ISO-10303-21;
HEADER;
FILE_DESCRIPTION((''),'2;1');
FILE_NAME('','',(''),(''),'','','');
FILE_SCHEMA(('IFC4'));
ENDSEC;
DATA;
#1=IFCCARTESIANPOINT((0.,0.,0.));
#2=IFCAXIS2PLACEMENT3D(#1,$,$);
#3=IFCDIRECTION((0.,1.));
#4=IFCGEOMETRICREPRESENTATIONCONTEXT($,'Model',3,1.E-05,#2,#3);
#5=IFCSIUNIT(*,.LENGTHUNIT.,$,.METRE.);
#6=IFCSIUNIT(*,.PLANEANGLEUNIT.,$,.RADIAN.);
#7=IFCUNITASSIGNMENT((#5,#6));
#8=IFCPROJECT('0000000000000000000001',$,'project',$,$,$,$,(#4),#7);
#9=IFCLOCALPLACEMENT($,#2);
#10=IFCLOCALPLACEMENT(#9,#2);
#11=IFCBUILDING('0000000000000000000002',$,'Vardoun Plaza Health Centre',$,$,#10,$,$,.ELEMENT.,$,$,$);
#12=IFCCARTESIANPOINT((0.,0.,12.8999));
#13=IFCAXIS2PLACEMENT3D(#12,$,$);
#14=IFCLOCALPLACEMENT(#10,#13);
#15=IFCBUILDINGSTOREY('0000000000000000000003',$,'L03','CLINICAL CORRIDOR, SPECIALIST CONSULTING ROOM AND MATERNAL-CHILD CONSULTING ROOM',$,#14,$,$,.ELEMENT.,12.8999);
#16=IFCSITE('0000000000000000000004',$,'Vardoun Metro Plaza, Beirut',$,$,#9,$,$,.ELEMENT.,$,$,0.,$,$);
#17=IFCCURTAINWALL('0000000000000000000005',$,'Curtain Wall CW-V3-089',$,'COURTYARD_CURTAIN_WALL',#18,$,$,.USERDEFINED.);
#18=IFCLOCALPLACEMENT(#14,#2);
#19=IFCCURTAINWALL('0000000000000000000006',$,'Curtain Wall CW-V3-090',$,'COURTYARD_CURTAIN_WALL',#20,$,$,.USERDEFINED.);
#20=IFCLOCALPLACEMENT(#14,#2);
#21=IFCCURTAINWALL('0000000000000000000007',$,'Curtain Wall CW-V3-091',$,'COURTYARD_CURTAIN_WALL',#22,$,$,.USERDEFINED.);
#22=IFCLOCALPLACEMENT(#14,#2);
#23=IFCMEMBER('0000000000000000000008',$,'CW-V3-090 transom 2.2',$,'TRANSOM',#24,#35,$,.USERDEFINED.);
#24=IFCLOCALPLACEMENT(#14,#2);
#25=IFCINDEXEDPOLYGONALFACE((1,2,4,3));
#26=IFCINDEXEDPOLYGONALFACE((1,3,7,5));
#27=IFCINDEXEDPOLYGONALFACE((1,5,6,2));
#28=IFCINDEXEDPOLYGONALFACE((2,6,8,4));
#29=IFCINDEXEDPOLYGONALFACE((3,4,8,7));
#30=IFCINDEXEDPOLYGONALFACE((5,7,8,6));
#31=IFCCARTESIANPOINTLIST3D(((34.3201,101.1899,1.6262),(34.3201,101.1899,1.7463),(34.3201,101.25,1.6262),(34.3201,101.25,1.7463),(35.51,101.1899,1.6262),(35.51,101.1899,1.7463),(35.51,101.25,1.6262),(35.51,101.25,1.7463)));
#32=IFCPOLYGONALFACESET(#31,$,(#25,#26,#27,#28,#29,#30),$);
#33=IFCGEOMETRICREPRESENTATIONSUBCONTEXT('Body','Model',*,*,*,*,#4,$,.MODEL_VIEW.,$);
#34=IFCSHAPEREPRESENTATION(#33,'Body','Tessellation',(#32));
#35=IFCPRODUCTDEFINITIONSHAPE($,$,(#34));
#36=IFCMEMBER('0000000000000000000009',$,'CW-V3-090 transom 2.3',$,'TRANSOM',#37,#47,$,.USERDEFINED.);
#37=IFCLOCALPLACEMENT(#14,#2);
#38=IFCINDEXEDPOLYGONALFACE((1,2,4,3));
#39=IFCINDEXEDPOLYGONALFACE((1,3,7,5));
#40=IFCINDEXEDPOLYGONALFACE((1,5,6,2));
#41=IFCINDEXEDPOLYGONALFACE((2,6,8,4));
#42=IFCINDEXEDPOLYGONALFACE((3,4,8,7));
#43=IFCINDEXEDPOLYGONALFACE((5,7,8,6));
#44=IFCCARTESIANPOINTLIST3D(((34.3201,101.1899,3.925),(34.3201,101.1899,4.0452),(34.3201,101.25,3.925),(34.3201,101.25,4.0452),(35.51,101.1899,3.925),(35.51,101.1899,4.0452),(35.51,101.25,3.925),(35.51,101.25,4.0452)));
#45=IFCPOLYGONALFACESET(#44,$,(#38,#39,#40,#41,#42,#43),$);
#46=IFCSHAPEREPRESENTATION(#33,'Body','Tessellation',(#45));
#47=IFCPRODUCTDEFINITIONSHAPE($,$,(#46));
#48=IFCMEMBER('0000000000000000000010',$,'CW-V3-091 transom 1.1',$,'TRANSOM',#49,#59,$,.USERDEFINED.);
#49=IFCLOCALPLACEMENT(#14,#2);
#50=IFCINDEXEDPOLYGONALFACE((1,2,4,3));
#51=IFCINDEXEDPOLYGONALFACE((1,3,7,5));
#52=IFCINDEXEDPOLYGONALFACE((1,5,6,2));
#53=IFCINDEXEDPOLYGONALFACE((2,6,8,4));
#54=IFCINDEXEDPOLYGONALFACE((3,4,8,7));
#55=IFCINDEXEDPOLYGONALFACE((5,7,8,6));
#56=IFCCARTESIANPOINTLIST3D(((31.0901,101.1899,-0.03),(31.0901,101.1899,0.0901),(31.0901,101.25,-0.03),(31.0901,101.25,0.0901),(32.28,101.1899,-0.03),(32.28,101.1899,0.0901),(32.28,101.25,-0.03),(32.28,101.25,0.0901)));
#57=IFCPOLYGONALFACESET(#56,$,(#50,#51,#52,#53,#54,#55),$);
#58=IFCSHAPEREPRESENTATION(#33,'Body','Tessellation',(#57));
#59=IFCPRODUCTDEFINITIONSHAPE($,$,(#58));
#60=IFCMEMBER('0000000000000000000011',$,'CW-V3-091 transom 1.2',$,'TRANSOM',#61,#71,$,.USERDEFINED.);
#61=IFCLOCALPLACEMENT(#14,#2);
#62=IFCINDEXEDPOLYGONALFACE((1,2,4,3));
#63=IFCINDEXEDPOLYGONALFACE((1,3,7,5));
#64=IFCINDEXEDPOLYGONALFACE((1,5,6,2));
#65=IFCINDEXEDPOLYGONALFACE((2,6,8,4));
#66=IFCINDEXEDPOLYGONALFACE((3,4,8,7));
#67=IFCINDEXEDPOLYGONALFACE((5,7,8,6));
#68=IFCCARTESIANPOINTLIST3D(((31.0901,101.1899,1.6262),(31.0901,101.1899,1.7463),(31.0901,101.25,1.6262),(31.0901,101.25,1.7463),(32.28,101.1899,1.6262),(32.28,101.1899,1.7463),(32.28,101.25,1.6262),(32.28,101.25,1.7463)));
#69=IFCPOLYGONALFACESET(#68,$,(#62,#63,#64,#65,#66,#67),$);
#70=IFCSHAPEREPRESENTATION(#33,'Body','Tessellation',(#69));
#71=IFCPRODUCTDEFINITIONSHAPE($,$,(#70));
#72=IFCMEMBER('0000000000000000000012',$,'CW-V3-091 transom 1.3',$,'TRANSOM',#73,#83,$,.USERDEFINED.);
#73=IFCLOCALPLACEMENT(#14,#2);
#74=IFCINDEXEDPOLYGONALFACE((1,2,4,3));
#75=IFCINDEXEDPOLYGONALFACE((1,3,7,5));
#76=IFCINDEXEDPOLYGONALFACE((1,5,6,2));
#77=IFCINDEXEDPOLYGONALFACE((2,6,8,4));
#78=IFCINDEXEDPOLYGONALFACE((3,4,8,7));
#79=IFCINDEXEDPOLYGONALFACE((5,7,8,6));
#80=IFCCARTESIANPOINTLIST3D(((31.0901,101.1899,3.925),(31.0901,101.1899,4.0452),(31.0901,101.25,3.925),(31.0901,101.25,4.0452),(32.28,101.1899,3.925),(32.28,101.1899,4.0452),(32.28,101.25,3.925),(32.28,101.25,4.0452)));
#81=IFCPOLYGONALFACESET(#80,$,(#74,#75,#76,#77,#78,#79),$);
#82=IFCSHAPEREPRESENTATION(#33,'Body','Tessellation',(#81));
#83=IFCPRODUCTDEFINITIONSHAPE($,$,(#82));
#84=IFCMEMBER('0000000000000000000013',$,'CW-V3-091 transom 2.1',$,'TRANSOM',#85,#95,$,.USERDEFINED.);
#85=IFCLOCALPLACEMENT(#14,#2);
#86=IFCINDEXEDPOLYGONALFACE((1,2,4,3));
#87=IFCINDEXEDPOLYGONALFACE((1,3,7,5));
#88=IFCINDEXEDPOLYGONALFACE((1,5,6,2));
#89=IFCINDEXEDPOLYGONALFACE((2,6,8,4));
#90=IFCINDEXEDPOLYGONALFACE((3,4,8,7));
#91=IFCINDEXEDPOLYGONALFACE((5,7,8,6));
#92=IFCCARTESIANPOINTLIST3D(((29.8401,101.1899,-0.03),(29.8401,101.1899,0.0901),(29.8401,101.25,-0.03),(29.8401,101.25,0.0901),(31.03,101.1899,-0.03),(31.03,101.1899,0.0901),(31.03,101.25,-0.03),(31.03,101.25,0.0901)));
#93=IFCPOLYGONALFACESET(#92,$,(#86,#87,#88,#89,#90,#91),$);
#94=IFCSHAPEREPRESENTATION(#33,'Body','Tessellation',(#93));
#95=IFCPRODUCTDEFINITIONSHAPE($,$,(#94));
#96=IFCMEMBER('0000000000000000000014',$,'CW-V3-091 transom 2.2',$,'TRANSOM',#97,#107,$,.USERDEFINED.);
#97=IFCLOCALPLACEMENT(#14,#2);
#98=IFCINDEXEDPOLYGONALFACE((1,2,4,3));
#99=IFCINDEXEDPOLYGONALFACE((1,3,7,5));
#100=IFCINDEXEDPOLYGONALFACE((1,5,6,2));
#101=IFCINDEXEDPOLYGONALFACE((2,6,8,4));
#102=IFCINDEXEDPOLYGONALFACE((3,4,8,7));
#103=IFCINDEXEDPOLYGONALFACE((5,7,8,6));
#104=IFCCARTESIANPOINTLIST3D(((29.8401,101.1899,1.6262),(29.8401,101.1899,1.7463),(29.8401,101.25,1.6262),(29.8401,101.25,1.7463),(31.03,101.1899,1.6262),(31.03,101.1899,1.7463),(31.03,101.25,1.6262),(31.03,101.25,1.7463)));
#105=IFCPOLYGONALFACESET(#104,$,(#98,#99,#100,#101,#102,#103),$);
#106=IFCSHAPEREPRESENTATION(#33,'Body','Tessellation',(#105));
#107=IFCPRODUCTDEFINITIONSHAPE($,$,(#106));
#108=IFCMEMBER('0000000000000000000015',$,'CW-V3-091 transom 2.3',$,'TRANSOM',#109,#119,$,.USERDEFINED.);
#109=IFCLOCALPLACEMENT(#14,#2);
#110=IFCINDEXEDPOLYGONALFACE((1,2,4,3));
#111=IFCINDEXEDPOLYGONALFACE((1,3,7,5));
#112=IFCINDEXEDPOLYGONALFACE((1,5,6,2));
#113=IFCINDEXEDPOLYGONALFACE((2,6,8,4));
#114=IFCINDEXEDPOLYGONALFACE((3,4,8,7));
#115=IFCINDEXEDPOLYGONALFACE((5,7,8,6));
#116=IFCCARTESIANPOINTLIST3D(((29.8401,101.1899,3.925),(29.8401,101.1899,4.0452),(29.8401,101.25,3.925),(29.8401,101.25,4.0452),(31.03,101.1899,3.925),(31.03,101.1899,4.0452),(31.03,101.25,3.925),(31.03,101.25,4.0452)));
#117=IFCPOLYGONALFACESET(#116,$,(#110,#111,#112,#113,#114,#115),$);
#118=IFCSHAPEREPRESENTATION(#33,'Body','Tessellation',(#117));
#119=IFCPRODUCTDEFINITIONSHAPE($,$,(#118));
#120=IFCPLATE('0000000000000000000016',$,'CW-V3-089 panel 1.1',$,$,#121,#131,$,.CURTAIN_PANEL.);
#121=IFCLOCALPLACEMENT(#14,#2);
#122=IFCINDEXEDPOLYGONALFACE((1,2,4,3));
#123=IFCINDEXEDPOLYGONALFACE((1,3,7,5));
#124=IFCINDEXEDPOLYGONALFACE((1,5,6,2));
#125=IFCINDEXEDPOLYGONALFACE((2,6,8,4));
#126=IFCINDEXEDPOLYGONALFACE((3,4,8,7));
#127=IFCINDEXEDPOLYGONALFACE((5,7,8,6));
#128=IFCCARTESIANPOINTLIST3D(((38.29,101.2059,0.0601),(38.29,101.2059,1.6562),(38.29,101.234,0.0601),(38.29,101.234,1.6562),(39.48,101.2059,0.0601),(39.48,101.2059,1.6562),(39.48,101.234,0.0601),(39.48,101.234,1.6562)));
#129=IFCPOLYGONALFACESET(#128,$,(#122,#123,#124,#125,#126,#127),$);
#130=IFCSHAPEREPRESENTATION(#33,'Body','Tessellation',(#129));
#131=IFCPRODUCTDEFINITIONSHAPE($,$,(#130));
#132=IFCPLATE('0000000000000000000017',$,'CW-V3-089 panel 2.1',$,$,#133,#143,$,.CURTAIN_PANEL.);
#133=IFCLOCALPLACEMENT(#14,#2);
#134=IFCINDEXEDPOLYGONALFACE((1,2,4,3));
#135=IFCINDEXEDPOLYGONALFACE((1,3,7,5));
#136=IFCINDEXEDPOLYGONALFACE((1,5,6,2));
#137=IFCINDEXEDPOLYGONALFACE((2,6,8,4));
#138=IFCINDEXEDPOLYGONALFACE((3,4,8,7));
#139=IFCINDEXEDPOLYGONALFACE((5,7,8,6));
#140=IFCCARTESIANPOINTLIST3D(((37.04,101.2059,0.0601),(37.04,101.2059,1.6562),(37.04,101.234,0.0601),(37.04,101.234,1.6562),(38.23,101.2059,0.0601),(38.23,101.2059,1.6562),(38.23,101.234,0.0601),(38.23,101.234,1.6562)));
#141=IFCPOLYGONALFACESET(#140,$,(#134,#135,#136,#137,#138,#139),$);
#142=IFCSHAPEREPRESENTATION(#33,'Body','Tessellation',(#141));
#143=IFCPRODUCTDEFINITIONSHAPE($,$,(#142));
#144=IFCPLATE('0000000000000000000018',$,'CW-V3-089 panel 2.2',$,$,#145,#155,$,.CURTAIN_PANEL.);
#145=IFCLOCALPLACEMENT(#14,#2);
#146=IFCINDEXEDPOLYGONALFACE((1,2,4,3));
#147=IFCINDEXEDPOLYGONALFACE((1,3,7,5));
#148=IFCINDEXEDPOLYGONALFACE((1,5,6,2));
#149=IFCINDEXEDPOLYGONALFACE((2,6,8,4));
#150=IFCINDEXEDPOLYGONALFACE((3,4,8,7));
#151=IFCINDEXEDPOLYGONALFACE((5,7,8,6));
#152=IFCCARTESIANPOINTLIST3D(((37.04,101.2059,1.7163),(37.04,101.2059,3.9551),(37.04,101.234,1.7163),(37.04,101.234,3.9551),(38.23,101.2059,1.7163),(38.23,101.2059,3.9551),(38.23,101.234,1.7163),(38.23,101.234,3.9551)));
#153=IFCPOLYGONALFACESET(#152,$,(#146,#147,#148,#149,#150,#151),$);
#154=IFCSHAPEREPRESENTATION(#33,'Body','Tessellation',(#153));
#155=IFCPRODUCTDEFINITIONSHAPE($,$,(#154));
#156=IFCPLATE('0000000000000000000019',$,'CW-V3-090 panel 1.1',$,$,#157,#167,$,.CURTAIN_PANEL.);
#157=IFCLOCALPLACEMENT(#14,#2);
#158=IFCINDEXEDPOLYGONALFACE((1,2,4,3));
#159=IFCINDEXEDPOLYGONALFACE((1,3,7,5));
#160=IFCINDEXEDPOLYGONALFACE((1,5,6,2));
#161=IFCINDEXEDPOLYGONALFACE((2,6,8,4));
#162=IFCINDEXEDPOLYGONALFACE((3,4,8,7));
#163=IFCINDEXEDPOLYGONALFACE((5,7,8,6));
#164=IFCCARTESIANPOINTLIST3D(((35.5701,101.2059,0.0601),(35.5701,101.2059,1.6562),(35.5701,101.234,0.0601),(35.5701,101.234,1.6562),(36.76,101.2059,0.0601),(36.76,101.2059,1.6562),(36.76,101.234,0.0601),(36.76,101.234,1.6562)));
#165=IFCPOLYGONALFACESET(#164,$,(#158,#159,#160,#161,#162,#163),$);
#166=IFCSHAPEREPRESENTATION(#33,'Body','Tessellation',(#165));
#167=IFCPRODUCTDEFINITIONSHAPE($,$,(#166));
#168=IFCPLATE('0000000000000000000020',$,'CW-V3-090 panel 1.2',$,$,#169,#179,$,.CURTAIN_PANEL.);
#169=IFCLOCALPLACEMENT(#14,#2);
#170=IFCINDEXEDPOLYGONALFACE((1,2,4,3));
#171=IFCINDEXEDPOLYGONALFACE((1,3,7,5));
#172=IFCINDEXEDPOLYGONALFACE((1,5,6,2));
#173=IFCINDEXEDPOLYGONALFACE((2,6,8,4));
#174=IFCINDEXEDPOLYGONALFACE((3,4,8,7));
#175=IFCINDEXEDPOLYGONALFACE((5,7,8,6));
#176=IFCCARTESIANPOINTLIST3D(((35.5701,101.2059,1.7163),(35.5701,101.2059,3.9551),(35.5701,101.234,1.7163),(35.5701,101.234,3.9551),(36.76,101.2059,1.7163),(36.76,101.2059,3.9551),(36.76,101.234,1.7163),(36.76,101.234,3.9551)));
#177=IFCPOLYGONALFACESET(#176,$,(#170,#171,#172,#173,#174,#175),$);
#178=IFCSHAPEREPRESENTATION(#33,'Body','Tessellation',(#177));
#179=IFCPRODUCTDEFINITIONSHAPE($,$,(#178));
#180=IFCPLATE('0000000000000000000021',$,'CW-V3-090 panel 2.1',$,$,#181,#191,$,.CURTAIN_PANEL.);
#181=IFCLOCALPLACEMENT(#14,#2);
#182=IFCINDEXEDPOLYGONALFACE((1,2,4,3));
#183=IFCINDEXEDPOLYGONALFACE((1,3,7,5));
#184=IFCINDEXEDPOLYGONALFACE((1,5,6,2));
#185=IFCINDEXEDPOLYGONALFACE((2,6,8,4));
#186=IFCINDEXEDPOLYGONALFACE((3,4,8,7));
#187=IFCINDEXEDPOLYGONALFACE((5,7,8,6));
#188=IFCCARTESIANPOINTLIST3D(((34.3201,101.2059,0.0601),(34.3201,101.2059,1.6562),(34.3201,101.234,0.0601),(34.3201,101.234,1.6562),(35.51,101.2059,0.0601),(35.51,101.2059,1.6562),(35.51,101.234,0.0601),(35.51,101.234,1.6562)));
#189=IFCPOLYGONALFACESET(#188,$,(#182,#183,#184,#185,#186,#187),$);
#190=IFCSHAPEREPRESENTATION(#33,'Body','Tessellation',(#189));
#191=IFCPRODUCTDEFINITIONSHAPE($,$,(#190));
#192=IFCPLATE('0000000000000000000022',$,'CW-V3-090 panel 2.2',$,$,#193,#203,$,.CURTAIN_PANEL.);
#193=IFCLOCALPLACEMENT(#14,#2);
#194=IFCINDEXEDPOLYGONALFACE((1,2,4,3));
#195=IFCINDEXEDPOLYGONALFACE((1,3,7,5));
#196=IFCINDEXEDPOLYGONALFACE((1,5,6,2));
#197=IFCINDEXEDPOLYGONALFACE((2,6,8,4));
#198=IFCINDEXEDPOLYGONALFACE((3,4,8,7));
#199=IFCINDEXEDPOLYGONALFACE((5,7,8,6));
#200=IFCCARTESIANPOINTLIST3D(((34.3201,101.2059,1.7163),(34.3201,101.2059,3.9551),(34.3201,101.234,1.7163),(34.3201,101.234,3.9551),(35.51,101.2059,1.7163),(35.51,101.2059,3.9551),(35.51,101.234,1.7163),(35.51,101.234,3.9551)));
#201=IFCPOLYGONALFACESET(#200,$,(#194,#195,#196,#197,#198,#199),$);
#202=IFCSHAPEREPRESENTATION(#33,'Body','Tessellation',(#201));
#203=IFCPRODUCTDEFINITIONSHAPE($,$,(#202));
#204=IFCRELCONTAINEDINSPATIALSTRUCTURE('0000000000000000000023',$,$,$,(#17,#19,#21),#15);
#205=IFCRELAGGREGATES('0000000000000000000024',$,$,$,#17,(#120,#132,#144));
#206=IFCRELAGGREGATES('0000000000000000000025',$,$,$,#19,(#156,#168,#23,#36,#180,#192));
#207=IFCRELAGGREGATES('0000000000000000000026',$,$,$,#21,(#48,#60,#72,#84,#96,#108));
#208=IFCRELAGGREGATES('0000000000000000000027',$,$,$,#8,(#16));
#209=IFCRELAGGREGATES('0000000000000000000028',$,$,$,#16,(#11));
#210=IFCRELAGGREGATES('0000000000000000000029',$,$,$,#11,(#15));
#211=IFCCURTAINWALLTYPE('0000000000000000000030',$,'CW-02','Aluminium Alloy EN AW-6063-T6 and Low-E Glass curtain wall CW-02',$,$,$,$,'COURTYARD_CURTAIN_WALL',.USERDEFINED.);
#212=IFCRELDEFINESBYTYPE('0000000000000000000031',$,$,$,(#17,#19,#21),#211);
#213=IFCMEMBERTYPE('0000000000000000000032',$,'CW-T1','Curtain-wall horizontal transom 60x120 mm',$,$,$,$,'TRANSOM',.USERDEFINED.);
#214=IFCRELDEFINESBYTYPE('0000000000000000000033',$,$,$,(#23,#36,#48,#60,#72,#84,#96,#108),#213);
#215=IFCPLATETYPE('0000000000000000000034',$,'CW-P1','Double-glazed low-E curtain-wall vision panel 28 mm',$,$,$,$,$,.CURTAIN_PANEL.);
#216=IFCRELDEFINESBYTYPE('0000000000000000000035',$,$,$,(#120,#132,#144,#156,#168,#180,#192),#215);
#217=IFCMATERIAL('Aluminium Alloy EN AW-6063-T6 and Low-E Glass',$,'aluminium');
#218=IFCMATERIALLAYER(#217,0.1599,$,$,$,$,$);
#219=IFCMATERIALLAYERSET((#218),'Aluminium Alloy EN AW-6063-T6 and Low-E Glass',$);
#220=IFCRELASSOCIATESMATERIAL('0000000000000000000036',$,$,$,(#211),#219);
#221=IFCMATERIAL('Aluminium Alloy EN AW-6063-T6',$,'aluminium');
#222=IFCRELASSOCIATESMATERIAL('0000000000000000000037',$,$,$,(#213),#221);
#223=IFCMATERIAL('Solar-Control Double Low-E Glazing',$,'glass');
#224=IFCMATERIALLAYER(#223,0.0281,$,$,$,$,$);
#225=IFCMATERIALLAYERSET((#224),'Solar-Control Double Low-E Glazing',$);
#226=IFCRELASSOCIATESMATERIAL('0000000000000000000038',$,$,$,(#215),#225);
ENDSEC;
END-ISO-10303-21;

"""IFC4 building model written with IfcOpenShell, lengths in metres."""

from ifc_helpers import new_model, si_unit, direction, frame, origin, origin_2d, place, context, subcontext, project, spatial, rectangle, extrude, material, layer, layer_set, material_profile, profile_set, type_object, element, aggregate, save


model = new_model("IFC4")

# Units and contexts
model_context = context("Model", 3, precision=1e-05, world=origin(), true_north=direction((0.0, 1.0)))
body_context = subcontext(model_context, "Body", "Model", "MODEL_VIEW")
ifc_project = project(units=[si_unit("LENGTHUNIT", "METRE"), si_unit("PLANEANGLEUNIT", "RADIAN")], contexts=[model_context])

# Site, building, storey
site_placement = place(None, origin())
site = spatial("IfcSite", under=ifc_project, at=site_placement, Name="Vardoun Metro Plaza, Beirut", CompositionType="ELEMENT", RefElevation=0.0)
building_placement = place(site_placement, origin())
building = spatial("IfcBuilding", under=site, at=building_placement, Name="Vardoun Plaza Health Centre", CompositionType="ELEMENT")
storey_placement = place(building_placement, frame((0.0, 0.0, 12.8999)))
storey = spatial("IfcBuildingStorey", under=building, at=storey_placement, Name="L03", Description="CLINICAL CORRIDOR, SPECIALIST CONSULTING ROOM AND MATERNAL-CHILD CONSULTING ROOM", CompositionType="ELEMENT", Elevation=12.8999)

# Curtain walls
ifc_material_1 = material(Name="Aluminium Alloy EN AW-6063-T6 and Low-E Glass", Category="aluminium")
ifc_layer_1 = layer(ifc_material_1, 0.1599)
ifc_layer_set_1 = layer_set([ifc_layer_1], Name="Aluminium Alloy EN AW-6063-T6 and Low-E Glass")
curtain_wall_type = type_object("IfcCurtainWallType", Name="CW-02", Description="Aluminium Alloy EN AW-6063-T6 and Low-E Glass curtain wall CW-02", ElementType="COURTYARD_CURTAIN_WALL", PredefinedType="USERDEFINED", material=ifc_layer_set_1)
curtain_wall_1_placement = place(storey_placement, origin())
curtain_wall_1 = element("IfcCurtainWall", 1, at=curtain_wall_1_placement, inside=storey, type_object=curtain_wall_type, Name="Curtain Wall CW-V3-089", ObjectType="COURTYARD_CURTAIN_WALL", PredefinedType="USERDEFINED")
curtain_wall_2_placement = place(storey_placement, origin())
curtain_wall_2 = element("IfcCurtainWall", 2, at=curtain_wall_2_placement, inside=storey, type_object=curtain_wall_type, Name="Curtain Wall CW-V3-090", ObjectType="COURTYARD_CURTAIN_WALL", PredefinedType="USERDEFINED")
curtain_wall_3_placement = place(storey_placement, origin())
curtain_wall_3 = element("IfcCurtainWall", 3, at=curtain_wall_3_placement, inside=storey, type_object=curtain_wall_type, Name="Curtain Wall CW-V3-091", ObjectType="COURTYARD_CURTAIN_WALL", PredefinedType="USERDEFINED")

# Members
ifc_material_2 = material(Name="Aluminium Alloy EN AW-6063-T6", Category="aluminium")
ifc_material_profile_1 = material_profile(ifc_material_2, rectangle(XDim=0.0601, YDim=0.1201, at=origin_2d()), Name="CWT 60x120")
ifc_profile_set_1 = profile_set([ifc_material_profile_1], Name="Aluminium Alloy EN AW-6063-T6")
member_type_1 = type_object("IfcMemberType", Name="CW-T1", Description="Curtain-wall horizontal transom 60x120 mm", ElementType="TRANSOM", PredefinedType="USERDEFINED", material=ifc_profile_set_1)
member_1_placement = place(storey_placement, frame((35.51, 101.22, 1.6863), z_axis=(-1.0, 0.0, 0.0), x_axis=(0.0, -1.0, 0.0)))
member_1 = element("IfcMember", 4, at=member_1_placement, type_object=member_type_1, Name="CW-V3-090 transom 2.2", ObjectType="TRANSOM", PredefinedType="USERDEFINED", context=body_context, shape_type="SweptSolid", body=[
    extrude(rectangle(XDim=0.0601, YDim=0.1201, at=origin_2d()), origin(), (0.0, 0.0, 1.0), 1.1899),
])
member_2_placement = place(storey_placement, frame((35.51, 101.22, 3.9851), z_axis=(-1.0, 0.0, 0.0), x_axis=(0.0, -1.0, 0.0)))
member_2 = element("IfcMember", 5, at=member_2_placement, type_object=member_type_1, Name="CW-V3-090 transom 2.3", ObjectType="TRANSOM", PredefinedType="USERDEFINED", context=body_context, shape_type="SweptSolid", body=[
    extrude(rectangle(XDim=0.0601, YDim=0.1201, at=origin_2d()), origin(), (0.0, 0.0, 1.0), 1.1899),
])
member_3_placement = place(storey_placement, frame((32.28, 101.22, 0.03), z_axis=(-1.0, 0.0, 0.0), x_axis=(0.0, -1.0, 0.0)))
member_3 = element("IfcMember", 6, at=member_3_placement, type_object=member_type_1, Name="CW-V3-091 transom 1.1", ObjectType="TRANSOM", PredefinedType="USERDEFINED", context=body_context, shape_type="SweptSolid", body=[
    extrude(rectangle(XDim=0.0601, YDim=0.1201, at=origin_2d()), origin(), (0.0, 0.0, 1.0), 1.1899),
])
member_4_placement = place(storey_placement, frame((32.28, 101.22, 1.6863), z_axis=(-1.0, 0.0, 0.0), x_axis=(0.0, -1.0, 0.0)))
member_4 = element("IfcMember", 7, at=member_4_placement, type_object=member_type_1, Name="CW-V3-091 transom 1.2", ObjectType="TRANSOM", PredefinedType="USERDEFINED", context=body_context, shape_type="SweptSolid", body=[
    extrude(rectangle(XDim=0.0601, YDim=0.1201, at=origin_2d()), origin(), (0.0, 0.0, 1.0), 1.1899),
])
member_5_placement = place(storey_placement, frame((32.28, 101.22, 3.9851), z_axis=(-1.0, 0.0, 0.0), x_axis=(0.0, -1.0, 0.0)))
member_5 = element("IfcMember", 8, at=member_5_placement, type_object=member_type_1, Name="CW-V3-091 transom 1.3", ObjectType="TRANSOM", PredefinedType="USERDEFINED", context=body_context, shape_type="SweptSolid", body=[
    extrude(rectangle(XDim=0.0601, YDim=0.1201, at=origin_2d()), origin(), (0.0, 0.0, 1.0), 1.1899),
])
member_6_placement = place(storey_placement, frame((31.03, 101.22, 0.03), z_axis=(-1.0, 0.0, 0.0), x_axis=(0.0, -1.0, 0.0)))
member_6 = element("IfcMember", 9, at=member_6_placement, type_object=member_type_1, Name="CW-V3-091 transom 2.1", ObjectType="TRANSOM", PredefinedType="USERDEFINED", context=body_context, shape_type="SweptSolid", body=[
    extrude(rectangle(XDim=0.0601, YDim=0.1201, at=origin_2d()), origin(), (0.0, 0.0, 1.0), 1.1899),
])
member_7_placement = place(storey_placement, frame((31.03, 101.22, 1.6863), z_axis=(-1.0, 0.0, 0.0), x_axis=(0.0, -1.0, 0.0)))
member_7 = element("IfcMember", 10, at=member_7_placement, type_object=member_type_1, Name="CW-V3-091 transom 2.2", ObjectType="TRANSOM", PredefinedType="USERDEFINED", context=body_context, shape_type="SweptSolid", body=[
    extrude(rectangle(XDim=0.0601, YDim=0.1201, at=origin_2d()), origin(), (0.0, 0.0, 1.0), 1.1899),
])
member_8_placement = place(storey_placement, frame((31.03, 101.22, 3.9851), z_axis=(-1.0, 0.0, 0.0), x_axis=(0.0, -1.0, 0.0)))
member_8 = element("IfcMember", 11, at=member_8_placement, type_object=member_type_1, Name="CW-V3-091 transom 2.3", ObjectType="TRANSOM", PredefinedType="USERDEFINED", context=body_context, shape_type="SweptSolid", body=[
    extrude(rectangle(XDim=0.0601, YDim=0.1201, at=origin_2d()), origin(), (0.0, 0.0, 1.0), 1.1899),
])

# Plates
ifc_material_3 = material(Name="Solar-Control Double Low-E Glazing", Category="glass")
ifc_layer_2 = layer(ifc_material_3, 0.0281)
ifc_layer_set_2 = layer_set([ifc_layer_2], Name="Solar-Control Double Low-E Glazing")
plate_type = type_object("IfcPlateType", Name="CW-P1", Description="Double-glazed low-E curtain-wall vision panel 28 mm", PredefinedType="CURTAIN_PANEL", material=ifc_layer_set_2)
plate_1_placement = place(storey_placement, frame((38.885, 101.22, 0.0601), z_axis=(0.0, 0.0, 1.0), x_axis=(-1.0, 0.0, 0.0)))
plate_1 = element("IfcPlate", 12, at=plate_1_placement, type_object=plate_type, Name="CW-V3-089 panel 1.1", PredefinedType="CURTAIN_PANEL", context=body_context, shape_type="SweptSolid", body=[
    extrude(rectangle(XDim=1.1899, YDim=0.0281, at=origin_2d()), origin(), (0.0, 0.0, 1.0), 1.5962),
])
plate_2_placement = place(storey_placement, frame((37.635, 101.22, 0.0601), z_axis=(0.0, 0.0, 1.0), x_axis=(-1.0, 0.0, 0.0)))
plate_2 = element("IfcPlate", 13, at=plate_2_placement, type_object=plate_type, Name="CW-V3-089 panel 2.1", PredefinedType="CURTAIN_PANEL", context=body_context, shape_type="SweptSolid", body=[
    extrude(rectangle(XDim=1.1899, YDim=0.0281, at=origin_2d()), origin(), (0.0, 0.0, 1.0), 1.5962),
])
plate_3_placement = place(storey_placement, frame((37.635, 101.22, 1.7163), z_axis=(0.0, 0.0, 1.0), x_axis=(-1.0, 0.0, 0.0)))
plate_3 = element("IfcPlate", 14, at=plate_3_placement, type_object=plate_type, Name="CW-V3-089 panel 2.2", PredefinedType="CURTAIN_PANEL", context=body_context, shape_type="SweptSolid", body=[
    extrude(rectangle(XDim=1.1899, YDim=0.0281, at=origin_2d()), origin(), (0.0, 0.0, 1.0), 2.2388),
])
aggregate(curtain_wall_1, [plate_1, plate_2, plate_3])
plate_4_placement = place(storey_placement, frame((36.165, 101.22, 0.0601), z_axis=(0.0, 0.0, 1.0), x_axis=(-1.0, 0.0, 0.0)))
plate_4 = element("IfcPlate", 15, at=plate_4_placement, type_object=plate_type, Name="CW-V3-090 panel 1.1", PredefinedType="CURTAIN_PANEL", context=body_context, shape_type="SweptSolid", body=[
    extrude(rectangle(XDim=1.1899, YDim=0.0281, at=origin_2d()), origin(), (0.0, 0.0, 1.0), 1.5962),
])
plate_5_placement = place(storey_placement, frame((36.165, 101.22, 1.7163), z_axis=(0.0, 0.0, 1.0), x_axis=(-1.0, 0.0, 0.0)))
plate_5 = element("IfcPlate", 16, at=plate_5_placement, type_object=plate_type, Name="CW-V3-090 panel 1.2", PredefinedType="CURTAIN_PANEL", context=body_context, shape_type="SweptSolid", body=[
    extrude(rectangle(XDim=1.1899, YDim=0.0281, at=origin_2d()), origin(), (0.0, 0.0, 1.0), 2.2388),
])
plate_6_placement = place(storey_placement, frame((34.915, 101.22, 0.0601), z_axis=(0.0, 0.0, 1.0), x_axis=(-1.0, 0.0, 0.0)))
plate_6 = element("IfcPlate", 17, at=plate_6_placement, type_object=plate_type, Name="CW-V3-090 panel 2.1", PredefinedType="CURTAIN_PANEL", context=body_context, shape_type="SweptSolid", body=[
    extrude(rectangle(XDim=1.1899, YDim=0.0281, at=origin_2d()), origin(), (0.0, 0.0, 1.0), 1.5962),
])
plate_7_placement = place(storey_placement, frame((34.915, 101.22, 1.7163), z_axis=(0.0, 0.0, 1.0), x_axis=(-1.0, 0.0, 0.0)))
plate_7 = element("IfcPlate", 18, at=plate_7_placement, type_object=plate_type, Name="CW-V3-090 panel 2.2", PredefinedType="CURTAIN_PANEL", context=body_context, shape_type="SweptSolid", body=[
    extrude(rectangle(XDim=1.1899, YDim=0.0281, at=origin_2d()), origin(), (0.0, 0.0, 1.0), 2.2388),
])
aggregate(curtain_wall_2, [plate_4, plate_5, member_1, member_2, plate_6, plate_7])
aggregate(curtain_wall_3, [member_3, member_4, member_5, member_6, member_7, member_8])

save(model, "model.ifc")
